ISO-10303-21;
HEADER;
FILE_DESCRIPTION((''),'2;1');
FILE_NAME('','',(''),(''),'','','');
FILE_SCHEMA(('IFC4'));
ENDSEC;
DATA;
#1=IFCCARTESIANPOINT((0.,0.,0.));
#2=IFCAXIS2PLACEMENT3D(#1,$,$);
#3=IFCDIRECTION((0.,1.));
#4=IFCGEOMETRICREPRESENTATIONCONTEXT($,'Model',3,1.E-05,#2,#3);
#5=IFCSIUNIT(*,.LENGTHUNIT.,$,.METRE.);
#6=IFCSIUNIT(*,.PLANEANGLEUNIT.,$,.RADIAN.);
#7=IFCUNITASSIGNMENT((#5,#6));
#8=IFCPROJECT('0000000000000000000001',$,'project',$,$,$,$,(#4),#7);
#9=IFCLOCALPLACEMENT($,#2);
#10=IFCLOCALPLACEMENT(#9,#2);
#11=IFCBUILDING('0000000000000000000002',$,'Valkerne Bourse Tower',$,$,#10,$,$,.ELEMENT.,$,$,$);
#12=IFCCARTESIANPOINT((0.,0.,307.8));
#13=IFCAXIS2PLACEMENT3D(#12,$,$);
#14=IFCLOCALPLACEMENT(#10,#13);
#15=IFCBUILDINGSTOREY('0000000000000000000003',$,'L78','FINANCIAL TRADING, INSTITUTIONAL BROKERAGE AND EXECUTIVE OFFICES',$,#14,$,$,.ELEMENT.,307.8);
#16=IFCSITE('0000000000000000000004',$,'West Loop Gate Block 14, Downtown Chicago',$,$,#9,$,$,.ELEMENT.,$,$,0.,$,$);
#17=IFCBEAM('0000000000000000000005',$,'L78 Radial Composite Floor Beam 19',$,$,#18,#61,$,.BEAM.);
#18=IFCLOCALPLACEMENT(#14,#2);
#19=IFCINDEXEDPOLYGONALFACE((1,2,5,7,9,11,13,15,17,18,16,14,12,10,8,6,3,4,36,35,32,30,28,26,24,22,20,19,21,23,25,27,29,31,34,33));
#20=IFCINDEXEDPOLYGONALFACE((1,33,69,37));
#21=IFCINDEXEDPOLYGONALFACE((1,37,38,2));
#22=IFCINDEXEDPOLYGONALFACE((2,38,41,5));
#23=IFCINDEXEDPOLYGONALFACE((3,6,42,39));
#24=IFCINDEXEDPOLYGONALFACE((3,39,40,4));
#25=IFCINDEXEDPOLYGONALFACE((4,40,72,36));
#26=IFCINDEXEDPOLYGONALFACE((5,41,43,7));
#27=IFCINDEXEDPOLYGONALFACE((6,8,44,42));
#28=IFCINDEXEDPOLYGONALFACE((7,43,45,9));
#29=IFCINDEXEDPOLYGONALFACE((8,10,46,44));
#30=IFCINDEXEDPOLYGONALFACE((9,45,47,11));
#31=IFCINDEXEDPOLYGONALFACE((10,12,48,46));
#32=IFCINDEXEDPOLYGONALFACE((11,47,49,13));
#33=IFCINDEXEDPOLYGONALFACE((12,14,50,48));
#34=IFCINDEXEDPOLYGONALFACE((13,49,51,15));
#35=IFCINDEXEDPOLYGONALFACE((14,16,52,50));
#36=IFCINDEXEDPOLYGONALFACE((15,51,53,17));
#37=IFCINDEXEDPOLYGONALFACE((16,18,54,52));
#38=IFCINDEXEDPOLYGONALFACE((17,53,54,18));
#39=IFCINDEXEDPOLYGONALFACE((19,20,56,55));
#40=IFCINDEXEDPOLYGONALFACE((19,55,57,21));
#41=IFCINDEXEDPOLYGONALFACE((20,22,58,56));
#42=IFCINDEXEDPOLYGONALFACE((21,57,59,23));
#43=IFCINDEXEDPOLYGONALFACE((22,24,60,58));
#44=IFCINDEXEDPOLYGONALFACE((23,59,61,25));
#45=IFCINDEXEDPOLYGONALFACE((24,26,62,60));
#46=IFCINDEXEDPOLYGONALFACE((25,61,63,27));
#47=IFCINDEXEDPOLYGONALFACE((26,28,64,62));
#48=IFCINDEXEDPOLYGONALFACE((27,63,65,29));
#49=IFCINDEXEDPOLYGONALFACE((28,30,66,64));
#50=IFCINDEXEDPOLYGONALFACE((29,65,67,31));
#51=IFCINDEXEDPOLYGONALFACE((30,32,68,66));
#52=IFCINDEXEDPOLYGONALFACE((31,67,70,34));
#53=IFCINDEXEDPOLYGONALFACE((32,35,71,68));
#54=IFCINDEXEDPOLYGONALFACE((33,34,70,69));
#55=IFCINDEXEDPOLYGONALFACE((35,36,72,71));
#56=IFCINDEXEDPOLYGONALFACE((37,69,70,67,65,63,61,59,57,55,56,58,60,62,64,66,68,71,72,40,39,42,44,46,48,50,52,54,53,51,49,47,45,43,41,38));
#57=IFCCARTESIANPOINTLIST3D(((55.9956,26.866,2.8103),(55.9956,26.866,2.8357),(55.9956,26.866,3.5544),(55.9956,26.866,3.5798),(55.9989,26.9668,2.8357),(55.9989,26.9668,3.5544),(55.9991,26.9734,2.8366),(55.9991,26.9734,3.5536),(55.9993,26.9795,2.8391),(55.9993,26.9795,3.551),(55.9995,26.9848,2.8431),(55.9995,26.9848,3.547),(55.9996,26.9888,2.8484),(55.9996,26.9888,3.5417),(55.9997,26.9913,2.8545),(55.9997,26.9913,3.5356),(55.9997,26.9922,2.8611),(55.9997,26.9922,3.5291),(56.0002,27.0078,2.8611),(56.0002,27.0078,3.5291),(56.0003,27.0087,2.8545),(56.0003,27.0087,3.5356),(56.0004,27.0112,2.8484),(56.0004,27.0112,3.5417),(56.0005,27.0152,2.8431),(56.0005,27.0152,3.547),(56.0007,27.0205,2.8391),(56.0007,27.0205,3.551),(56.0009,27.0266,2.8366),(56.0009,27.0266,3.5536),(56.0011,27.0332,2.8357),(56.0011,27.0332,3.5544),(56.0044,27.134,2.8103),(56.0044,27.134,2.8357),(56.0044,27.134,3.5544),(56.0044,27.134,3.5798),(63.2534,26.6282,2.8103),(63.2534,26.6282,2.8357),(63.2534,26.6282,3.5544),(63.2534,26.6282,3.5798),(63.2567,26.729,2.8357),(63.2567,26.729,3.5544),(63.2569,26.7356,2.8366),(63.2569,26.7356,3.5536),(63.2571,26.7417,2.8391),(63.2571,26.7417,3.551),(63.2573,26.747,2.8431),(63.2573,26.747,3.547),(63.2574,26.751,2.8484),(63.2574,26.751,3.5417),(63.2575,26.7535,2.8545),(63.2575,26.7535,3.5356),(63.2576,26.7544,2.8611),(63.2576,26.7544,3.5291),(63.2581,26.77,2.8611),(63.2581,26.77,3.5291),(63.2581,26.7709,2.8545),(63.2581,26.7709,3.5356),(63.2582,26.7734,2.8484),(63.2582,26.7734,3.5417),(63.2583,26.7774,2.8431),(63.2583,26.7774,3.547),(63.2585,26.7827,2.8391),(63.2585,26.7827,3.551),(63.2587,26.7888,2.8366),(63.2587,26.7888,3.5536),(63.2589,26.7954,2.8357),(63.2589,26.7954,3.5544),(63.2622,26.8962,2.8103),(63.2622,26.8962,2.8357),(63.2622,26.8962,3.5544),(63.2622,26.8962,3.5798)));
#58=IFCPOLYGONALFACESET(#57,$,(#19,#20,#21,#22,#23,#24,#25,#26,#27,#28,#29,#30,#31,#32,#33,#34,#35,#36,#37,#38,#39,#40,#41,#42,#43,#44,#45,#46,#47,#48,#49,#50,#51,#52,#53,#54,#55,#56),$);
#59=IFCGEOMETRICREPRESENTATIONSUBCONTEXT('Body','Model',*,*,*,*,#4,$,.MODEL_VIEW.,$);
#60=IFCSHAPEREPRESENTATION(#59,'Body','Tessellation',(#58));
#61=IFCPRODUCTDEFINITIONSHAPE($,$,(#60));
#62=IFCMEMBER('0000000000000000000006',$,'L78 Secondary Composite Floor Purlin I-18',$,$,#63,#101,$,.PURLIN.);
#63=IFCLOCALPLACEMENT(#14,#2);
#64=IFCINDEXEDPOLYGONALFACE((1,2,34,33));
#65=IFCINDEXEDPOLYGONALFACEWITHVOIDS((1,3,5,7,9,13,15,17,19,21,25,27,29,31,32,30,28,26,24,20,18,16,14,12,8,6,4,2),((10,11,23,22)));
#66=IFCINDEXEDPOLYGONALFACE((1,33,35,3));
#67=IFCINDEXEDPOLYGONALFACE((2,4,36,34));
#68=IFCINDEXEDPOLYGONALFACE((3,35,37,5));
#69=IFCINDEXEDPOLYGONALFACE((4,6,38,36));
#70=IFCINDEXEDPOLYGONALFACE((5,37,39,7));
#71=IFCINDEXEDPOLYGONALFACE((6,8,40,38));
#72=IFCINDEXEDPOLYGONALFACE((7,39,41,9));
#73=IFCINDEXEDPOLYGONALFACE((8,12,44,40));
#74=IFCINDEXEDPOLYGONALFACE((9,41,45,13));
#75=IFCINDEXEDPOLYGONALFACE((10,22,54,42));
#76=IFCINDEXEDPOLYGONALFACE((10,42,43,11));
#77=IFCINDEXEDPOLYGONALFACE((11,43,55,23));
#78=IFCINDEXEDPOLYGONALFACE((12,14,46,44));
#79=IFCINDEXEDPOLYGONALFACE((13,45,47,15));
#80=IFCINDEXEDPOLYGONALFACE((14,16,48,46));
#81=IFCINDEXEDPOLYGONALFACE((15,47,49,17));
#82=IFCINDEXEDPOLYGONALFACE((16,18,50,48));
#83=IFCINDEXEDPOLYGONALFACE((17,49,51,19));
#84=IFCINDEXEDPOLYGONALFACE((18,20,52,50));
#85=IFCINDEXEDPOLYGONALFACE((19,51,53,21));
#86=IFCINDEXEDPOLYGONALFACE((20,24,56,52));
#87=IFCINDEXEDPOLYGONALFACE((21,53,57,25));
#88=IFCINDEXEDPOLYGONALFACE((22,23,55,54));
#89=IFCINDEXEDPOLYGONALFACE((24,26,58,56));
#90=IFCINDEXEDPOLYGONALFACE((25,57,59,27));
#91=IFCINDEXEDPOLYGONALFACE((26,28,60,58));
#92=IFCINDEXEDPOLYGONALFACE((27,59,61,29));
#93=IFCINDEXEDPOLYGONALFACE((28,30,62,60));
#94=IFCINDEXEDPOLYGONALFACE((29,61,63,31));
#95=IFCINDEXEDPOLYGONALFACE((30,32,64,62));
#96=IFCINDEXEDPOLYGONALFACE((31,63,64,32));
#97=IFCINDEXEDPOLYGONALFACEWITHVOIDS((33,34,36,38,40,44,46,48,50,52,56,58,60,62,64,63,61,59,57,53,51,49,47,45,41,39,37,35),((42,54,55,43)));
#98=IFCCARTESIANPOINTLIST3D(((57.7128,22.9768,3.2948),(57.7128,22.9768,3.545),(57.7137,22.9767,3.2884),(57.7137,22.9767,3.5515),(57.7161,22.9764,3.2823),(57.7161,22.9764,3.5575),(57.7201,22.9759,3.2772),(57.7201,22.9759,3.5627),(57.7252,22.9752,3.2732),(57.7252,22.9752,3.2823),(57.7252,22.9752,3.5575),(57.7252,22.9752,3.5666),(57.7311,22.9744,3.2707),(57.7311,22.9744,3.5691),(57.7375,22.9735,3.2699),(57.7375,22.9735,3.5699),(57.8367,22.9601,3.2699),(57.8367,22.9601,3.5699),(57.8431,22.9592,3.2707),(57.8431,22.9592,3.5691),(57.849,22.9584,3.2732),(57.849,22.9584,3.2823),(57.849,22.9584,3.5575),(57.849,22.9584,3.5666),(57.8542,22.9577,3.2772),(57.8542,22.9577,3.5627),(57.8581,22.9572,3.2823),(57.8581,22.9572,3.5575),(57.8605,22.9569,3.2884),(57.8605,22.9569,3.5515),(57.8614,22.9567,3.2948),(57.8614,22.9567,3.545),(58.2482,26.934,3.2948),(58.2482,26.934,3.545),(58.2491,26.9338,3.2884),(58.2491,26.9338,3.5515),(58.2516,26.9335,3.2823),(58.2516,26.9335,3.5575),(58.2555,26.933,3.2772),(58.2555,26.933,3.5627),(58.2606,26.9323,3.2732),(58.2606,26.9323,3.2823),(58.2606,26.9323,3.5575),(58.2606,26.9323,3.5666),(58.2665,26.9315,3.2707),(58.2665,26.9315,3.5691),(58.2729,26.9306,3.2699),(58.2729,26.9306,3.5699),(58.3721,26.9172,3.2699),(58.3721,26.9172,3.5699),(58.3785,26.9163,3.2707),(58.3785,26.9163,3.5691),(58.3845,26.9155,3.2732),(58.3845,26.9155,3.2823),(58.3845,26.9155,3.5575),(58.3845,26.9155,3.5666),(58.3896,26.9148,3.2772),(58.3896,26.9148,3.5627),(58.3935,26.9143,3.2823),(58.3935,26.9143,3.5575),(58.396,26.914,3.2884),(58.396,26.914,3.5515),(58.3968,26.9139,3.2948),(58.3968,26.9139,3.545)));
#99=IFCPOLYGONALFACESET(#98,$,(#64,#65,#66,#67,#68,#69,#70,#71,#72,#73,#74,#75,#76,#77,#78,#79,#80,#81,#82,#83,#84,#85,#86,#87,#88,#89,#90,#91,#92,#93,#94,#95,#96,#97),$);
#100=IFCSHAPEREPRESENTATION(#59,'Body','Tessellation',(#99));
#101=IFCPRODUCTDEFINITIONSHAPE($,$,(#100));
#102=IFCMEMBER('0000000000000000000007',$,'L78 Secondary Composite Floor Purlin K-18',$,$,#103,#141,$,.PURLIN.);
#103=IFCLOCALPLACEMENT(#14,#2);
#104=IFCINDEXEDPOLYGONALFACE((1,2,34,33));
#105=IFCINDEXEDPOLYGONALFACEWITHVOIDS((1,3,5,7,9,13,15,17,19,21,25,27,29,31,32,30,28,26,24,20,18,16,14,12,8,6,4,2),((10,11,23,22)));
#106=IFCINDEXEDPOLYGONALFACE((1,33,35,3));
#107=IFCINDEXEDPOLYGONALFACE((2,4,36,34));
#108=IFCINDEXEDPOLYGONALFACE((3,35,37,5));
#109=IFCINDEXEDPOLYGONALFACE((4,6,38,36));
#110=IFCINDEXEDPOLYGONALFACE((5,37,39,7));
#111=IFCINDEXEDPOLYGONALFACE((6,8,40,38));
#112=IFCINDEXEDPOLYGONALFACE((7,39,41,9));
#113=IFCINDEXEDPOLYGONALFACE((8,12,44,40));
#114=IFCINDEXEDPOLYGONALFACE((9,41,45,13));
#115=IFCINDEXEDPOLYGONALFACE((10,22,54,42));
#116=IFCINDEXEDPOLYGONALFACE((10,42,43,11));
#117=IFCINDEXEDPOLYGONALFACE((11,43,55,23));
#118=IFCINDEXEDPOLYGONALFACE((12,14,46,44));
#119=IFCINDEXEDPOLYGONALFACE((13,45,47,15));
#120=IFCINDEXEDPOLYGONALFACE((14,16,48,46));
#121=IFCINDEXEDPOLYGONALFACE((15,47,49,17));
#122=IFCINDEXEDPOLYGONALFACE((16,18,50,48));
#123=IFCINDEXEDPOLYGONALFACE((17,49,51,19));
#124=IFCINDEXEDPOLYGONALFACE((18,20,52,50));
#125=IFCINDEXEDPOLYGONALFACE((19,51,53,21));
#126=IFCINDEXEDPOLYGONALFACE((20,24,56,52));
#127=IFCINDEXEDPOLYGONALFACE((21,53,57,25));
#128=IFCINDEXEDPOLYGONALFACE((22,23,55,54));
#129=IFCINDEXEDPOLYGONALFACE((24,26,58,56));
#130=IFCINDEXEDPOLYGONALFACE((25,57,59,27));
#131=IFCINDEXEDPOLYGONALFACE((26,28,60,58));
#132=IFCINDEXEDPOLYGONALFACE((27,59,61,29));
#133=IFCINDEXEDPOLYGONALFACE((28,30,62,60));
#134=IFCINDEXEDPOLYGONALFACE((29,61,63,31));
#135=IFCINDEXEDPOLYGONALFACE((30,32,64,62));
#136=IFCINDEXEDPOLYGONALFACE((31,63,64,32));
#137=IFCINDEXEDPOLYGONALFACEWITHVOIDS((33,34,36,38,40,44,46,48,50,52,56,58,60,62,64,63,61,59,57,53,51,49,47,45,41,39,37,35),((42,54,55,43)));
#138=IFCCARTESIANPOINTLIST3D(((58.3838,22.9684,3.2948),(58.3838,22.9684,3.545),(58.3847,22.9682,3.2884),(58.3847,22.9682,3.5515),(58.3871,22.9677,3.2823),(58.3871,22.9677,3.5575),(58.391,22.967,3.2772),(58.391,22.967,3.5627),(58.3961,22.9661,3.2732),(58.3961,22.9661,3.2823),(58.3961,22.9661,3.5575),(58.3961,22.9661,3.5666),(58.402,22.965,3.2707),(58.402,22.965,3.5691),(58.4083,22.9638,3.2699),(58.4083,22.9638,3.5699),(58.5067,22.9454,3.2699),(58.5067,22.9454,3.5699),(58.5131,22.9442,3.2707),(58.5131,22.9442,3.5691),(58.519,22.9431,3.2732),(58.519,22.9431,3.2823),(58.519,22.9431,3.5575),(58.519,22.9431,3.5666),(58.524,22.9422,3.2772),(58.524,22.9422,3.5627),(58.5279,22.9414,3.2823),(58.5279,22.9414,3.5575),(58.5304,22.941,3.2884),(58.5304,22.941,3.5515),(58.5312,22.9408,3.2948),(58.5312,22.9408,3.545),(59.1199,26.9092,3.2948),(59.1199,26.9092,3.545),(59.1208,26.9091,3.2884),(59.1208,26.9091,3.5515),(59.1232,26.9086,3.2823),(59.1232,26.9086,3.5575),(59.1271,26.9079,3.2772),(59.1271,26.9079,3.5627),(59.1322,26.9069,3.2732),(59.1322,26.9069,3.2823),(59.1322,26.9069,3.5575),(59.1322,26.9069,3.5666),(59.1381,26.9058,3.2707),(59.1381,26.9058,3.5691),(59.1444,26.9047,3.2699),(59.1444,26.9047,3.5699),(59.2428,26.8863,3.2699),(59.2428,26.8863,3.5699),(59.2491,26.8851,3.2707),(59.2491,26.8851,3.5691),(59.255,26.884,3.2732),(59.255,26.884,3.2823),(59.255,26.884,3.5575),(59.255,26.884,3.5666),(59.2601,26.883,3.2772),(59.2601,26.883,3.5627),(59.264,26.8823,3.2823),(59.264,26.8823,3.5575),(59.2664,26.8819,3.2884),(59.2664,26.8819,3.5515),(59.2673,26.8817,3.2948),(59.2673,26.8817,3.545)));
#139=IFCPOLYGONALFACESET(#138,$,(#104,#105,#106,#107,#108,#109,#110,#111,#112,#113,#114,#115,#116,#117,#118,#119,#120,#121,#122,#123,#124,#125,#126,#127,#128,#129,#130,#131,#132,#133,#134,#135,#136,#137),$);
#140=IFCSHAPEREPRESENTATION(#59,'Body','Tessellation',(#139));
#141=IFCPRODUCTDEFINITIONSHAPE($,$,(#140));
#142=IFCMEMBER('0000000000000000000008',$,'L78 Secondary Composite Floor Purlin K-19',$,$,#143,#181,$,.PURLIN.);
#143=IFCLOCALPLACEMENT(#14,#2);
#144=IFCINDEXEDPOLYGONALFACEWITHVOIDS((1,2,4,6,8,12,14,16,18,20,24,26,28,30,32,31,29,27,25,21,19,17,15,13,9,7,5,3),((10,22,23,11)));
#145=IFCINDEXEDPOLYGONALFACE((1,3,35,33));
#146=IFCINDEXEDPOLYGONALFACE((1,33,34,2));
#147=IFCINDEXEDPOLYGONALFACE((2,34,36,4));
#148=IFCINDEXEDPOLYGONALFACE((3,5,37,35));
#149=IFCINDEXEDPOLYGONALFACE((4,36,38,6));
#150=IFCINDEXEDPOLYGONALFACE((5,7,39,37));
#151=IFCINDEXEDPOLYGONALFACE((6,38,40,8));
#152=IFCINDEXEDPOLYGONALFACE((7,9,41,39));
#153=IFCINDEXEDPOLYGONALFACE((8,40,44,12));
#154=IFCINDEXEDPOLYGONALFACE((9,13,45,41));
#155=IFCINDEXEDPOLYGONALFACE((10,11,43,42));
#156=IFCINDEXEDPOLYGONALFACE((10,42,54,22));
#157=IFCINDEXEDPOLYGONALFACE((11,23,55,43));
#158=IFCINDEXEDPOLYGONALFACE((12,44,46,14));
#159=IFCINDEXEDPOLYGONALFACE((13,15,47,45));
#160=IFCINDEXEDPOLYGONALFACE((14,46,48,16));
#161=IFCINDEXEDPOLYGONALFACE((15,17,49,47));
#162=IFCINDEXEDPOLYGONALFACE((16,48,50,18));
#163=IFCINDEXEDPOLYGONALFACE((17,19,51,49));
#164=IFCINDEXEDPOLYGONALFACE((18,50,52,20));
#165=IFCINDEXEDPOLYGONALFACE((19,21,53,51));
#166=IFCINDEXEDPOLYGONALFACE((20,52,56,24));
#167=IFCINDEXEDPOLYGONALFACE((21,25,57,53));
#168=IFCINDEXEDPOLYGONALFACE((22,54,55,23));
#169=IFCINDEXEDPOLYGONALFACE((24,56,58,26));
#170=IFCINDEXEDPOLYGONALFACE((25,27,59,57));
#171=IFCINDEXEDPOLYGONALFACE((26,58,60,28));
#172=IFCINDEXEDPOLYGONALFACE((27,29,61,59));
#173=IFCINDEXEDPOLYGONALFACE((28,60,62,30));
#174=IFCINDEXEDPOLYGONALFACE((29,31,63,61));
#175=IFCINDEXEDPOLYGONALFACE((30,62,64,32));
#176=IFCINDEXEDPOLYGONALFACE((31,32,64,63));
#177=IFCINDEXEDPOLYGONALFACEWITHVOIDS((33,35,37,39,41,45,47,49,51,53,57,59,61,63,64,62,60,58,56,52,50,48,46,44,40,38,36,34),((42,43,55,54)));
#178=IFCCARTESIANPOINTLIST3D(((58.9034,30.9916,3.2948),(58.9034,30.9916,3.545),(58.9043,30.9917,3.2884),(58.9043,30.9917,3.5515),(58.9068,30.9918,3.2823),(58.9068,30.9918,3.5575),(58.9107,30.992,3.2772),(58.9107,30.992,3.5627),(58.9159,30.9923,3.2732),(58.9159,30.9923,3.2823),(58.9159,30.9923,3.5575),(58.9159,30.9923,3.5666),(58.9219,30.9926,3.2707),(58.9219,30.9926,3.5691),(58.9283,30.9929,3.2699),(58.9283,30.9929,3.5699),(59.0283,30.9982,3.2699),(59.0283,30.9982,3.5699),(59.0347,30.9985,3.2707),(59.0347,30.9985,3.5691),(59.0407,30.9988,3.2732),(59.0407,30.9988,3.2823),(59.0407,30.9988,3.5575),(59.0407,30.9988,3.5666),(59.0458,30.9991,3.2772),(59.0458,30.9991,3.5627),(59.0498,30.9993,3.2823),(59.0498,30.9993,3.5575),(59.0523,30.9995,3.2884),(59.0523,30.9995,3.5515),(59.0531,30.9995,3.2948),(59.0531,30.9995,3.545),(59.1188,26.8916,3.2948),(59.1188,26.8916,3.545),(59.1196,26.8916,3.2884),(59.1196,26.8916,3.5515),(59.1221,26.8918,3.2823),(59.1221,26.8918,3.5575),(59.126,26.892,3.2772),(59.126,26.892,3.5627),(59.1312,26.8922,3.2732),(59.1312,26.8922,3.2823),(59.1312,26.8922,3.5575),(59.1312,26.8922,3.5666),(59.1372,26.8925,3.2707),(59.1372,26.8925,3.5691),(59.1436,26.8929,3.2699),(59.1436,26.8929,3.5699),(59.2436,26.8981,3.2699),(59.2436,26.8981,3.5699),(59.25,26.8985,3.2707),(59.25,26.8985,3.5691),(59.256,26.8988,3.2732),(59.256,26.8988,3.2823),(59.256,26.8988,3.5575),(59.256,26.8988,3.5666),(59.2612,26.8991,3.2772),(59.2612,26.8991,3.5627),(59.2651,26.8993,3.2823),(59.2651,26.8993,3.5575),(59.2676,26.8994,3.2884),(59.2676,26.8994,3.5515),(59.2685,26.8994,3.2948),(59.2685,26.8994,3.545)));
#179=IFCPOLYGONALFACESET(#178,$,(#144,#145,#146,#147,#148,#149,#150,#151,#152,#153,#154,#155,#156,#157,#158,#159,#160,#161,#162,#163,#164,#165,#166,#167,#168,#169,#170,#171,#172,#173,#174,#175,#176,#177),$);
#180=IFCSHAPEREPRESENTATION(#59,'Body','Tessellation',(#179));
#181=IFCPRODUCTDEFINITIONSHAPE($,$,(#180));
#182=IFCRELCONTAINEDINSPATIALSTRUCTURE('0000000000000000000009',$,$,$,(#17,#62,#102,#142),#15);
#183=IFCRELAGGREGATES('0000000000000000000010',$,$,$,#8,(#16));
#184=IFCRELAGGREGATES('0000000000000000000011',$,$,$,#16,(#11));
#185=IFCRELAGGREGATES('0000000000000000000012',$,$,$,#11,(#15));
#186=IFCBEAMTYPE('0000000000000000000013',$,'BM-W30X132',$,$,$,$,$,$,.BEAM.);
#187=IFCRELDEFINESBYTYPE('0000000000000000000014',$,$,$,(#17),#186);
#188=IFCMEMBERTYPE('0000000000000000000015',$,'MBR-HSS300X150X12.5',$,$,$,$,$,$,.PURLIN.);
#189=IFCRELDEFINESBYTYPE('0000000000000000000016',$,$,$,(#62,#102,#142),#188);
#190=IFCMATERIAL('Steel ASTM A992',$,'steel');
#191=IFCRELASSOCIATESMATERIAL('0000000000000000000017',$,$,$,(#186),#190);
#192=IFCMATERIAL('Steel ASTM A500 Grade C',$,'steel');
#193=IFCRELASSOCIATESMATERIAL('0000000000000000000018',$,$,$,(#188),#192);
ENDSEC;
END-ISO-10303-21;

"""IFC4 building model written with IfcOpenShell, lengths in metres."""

from ifc_helpers import new_model, si_unit, direction, frame, origin, origin_2d, place, context, subcontext, project, spatial, hollow_rectangle, i_section, extrude, material, material_profile, profile_set, type_object, element, save


model = new_model("IFC4")

# Units and contexts
model_context = context("Model", 3, precision=1e-05, world=origin(), true_north=direction((0.0, 1.0)))
body_context = subcontext(model_context, "Body", "Model", "MODEL_VIEW")
ifc_project = project(units=[si_unit("LENGTHUNIT", "METRE"), si_unit("PLANEANGLEUNIT", "RADIAN")], contexts=[model_context])

# Site, building, storey
site_placement = place(None, origin())
site = spatial("IfcSite", under=ifc_project, at=site_placement, Name="West Loop Gate Block 14, Downtown Chicago", CompositionType="ELEMENT", RefElevation=0.0)
building_placement = place(site_placement, origin())
building = spatial("IfcBuilding", under=site, at=building_placement, Name="Valkerne Bourse Tower", CompositionType="ELEMENT")
storey_placement = place(building_placement, frame((0.0, 0.0, 307.8)))
storey = spatial("IfcBuildingStorey", under=building, at=storey_placement, Name="L78", Description="FINANCIAL TRADING, INSTITUTIONAL BROKERAGE AND EXECUTIVE OFFICES", CompositionType="ELEMENT", Elevation=307.8)

# Shared definitions
ifc_material_1 = material(Name="Steel ASTM A500 Grade C", Category="steel")

# Beam
ifc_material_2 = material(Name="Steel ASTM A992", Category="steel")
ifc_material_profile_1 = material_profile(ifc_material_2, i_section(OverallWidth=0.2681, OverallDepth=0.7695, WebThickness=0.0156, FlangeThickness=0.0254, FilletRadius=0.0254, at=origin_2d()), Name="W30X132")
ifc_profile_set_1 = profile_set([ifc_material_profile_1], Name="Steel ASTM A992")
beam_type_1 = type_object("IfcBeamType", Name="BM-W30X132", PredefinedType="BEAM", material=ifc_profile_set_1)
beam_1_placement = place(storey_placement, frame((63.2578, 26.7622, 3.1951), z_axis=(-0.999464, 0.032746, 0.0), x_axis=(-0.032746, -0.999464, 0.0)))
element("IfcBeam", 1, at=beam_1_placement, inside=storey, type_object=beam_type_1, Name="L78 Radial Composite Floor Beam 19", PredefinedType="BEAM", context=body_context, shape_type="SweptSolid", body=[
    extrude(i_section(OverallWidth=0.2681, OverallDepth=0.7695, WebThickness=0.0156, FlangeThickness=0.0254, FilletRadius=0.0254, at=origin_2d()), origin(), (0.0, 0.0, 1.0), 7.2617),
])

# Members
ifc_material_profile_2 = material_profile(ifc_material_1, hollow_rectangle(XDim=0.1499, YDim=0.3, WallThickness=0.0125, OuterFilletRadius=0.0249, at=origin_2d()), Name="HSS300X150X12.5")
ifc_profile_set_2 = profile_set([ifc_material_profile_2], Name="Steel ASTM A500 Grade C")
member_type_1 = type_object("IfcMemberType", Name="MBR-HSS300X150X12.5", PredefinedType="PURLIN", material=ifc_profile_set_2)
member_1_placement = place(storey_placement, frame((57.7871, 22.9668, 3.4199), z_axis=(0.134082, 0.99097, 0.0), x_axis=(-0.99097, 0.134082, 0.0)))
element("IfcMember", 2, at=member_1_placement, inside=storey, type_object=member_type_1, Name="L78 Secondary Composite Floor Purlin I-18", PredefinedType="PURLIN", context=body_context, shape_type="SweptSolid", body=[
    extrude(hollow_rectangle(XDim=0.1499, YDim=0.3, WallThickness=0.0125, OuterFilletRadius=0.0249, at=origin_2d()), origin(), (0.0, 0.0, 1.0), 3.9932),
])
member_2_placement = place(storey_placement, frame((58.4575, 22.9546, 3.4199), z_axis=(0.183605, 0.983, 0.0), x_axis=(-0.983, 0.183605, 0.0)))
element("IfcMember", 3, at=member_2_placement, inside=storey, type_object=member_type_1, Name="L78 Secondary Composite Floor Purlin K-18", PredefinedType="PURLIN", context=body_context, shape_type="SweptSolid", body=[
    extrude(hollow_rectangle(XDim=0.1499, YDim=0.3, WallThickness=0.0125, OuterFilletRadius=0.0249, at=origin_2d()), origin(), (0.0, 0.0, 1.0), 4.009),
])
member_3_placement = place(storey_placement, frame((59.1936, 26.8955, 3.4199), z_axis=(-0.052446, 0.998624, 0.0), x_axis=(-0.998624, -0.052446, 0.0)))
element("IfcMember", 4, at=member_3_placement, inside=storey, type_object=member_type_1, Name="L78 Secondary Composite Floor Purlin K-19", PredefinedType="PURLIN", context=body_context, shape_type="SweptSolid", body=[
    extrude(hollow_rectangle(XDim=0.1499, YDim=0.3, WallThickness=0.0125, OuterFilletRadius=0.0249, at=origin_2d()), origin(), (0.0, 0.0, 1.0), 4.1057),
])

save(model, "model.ifc")
